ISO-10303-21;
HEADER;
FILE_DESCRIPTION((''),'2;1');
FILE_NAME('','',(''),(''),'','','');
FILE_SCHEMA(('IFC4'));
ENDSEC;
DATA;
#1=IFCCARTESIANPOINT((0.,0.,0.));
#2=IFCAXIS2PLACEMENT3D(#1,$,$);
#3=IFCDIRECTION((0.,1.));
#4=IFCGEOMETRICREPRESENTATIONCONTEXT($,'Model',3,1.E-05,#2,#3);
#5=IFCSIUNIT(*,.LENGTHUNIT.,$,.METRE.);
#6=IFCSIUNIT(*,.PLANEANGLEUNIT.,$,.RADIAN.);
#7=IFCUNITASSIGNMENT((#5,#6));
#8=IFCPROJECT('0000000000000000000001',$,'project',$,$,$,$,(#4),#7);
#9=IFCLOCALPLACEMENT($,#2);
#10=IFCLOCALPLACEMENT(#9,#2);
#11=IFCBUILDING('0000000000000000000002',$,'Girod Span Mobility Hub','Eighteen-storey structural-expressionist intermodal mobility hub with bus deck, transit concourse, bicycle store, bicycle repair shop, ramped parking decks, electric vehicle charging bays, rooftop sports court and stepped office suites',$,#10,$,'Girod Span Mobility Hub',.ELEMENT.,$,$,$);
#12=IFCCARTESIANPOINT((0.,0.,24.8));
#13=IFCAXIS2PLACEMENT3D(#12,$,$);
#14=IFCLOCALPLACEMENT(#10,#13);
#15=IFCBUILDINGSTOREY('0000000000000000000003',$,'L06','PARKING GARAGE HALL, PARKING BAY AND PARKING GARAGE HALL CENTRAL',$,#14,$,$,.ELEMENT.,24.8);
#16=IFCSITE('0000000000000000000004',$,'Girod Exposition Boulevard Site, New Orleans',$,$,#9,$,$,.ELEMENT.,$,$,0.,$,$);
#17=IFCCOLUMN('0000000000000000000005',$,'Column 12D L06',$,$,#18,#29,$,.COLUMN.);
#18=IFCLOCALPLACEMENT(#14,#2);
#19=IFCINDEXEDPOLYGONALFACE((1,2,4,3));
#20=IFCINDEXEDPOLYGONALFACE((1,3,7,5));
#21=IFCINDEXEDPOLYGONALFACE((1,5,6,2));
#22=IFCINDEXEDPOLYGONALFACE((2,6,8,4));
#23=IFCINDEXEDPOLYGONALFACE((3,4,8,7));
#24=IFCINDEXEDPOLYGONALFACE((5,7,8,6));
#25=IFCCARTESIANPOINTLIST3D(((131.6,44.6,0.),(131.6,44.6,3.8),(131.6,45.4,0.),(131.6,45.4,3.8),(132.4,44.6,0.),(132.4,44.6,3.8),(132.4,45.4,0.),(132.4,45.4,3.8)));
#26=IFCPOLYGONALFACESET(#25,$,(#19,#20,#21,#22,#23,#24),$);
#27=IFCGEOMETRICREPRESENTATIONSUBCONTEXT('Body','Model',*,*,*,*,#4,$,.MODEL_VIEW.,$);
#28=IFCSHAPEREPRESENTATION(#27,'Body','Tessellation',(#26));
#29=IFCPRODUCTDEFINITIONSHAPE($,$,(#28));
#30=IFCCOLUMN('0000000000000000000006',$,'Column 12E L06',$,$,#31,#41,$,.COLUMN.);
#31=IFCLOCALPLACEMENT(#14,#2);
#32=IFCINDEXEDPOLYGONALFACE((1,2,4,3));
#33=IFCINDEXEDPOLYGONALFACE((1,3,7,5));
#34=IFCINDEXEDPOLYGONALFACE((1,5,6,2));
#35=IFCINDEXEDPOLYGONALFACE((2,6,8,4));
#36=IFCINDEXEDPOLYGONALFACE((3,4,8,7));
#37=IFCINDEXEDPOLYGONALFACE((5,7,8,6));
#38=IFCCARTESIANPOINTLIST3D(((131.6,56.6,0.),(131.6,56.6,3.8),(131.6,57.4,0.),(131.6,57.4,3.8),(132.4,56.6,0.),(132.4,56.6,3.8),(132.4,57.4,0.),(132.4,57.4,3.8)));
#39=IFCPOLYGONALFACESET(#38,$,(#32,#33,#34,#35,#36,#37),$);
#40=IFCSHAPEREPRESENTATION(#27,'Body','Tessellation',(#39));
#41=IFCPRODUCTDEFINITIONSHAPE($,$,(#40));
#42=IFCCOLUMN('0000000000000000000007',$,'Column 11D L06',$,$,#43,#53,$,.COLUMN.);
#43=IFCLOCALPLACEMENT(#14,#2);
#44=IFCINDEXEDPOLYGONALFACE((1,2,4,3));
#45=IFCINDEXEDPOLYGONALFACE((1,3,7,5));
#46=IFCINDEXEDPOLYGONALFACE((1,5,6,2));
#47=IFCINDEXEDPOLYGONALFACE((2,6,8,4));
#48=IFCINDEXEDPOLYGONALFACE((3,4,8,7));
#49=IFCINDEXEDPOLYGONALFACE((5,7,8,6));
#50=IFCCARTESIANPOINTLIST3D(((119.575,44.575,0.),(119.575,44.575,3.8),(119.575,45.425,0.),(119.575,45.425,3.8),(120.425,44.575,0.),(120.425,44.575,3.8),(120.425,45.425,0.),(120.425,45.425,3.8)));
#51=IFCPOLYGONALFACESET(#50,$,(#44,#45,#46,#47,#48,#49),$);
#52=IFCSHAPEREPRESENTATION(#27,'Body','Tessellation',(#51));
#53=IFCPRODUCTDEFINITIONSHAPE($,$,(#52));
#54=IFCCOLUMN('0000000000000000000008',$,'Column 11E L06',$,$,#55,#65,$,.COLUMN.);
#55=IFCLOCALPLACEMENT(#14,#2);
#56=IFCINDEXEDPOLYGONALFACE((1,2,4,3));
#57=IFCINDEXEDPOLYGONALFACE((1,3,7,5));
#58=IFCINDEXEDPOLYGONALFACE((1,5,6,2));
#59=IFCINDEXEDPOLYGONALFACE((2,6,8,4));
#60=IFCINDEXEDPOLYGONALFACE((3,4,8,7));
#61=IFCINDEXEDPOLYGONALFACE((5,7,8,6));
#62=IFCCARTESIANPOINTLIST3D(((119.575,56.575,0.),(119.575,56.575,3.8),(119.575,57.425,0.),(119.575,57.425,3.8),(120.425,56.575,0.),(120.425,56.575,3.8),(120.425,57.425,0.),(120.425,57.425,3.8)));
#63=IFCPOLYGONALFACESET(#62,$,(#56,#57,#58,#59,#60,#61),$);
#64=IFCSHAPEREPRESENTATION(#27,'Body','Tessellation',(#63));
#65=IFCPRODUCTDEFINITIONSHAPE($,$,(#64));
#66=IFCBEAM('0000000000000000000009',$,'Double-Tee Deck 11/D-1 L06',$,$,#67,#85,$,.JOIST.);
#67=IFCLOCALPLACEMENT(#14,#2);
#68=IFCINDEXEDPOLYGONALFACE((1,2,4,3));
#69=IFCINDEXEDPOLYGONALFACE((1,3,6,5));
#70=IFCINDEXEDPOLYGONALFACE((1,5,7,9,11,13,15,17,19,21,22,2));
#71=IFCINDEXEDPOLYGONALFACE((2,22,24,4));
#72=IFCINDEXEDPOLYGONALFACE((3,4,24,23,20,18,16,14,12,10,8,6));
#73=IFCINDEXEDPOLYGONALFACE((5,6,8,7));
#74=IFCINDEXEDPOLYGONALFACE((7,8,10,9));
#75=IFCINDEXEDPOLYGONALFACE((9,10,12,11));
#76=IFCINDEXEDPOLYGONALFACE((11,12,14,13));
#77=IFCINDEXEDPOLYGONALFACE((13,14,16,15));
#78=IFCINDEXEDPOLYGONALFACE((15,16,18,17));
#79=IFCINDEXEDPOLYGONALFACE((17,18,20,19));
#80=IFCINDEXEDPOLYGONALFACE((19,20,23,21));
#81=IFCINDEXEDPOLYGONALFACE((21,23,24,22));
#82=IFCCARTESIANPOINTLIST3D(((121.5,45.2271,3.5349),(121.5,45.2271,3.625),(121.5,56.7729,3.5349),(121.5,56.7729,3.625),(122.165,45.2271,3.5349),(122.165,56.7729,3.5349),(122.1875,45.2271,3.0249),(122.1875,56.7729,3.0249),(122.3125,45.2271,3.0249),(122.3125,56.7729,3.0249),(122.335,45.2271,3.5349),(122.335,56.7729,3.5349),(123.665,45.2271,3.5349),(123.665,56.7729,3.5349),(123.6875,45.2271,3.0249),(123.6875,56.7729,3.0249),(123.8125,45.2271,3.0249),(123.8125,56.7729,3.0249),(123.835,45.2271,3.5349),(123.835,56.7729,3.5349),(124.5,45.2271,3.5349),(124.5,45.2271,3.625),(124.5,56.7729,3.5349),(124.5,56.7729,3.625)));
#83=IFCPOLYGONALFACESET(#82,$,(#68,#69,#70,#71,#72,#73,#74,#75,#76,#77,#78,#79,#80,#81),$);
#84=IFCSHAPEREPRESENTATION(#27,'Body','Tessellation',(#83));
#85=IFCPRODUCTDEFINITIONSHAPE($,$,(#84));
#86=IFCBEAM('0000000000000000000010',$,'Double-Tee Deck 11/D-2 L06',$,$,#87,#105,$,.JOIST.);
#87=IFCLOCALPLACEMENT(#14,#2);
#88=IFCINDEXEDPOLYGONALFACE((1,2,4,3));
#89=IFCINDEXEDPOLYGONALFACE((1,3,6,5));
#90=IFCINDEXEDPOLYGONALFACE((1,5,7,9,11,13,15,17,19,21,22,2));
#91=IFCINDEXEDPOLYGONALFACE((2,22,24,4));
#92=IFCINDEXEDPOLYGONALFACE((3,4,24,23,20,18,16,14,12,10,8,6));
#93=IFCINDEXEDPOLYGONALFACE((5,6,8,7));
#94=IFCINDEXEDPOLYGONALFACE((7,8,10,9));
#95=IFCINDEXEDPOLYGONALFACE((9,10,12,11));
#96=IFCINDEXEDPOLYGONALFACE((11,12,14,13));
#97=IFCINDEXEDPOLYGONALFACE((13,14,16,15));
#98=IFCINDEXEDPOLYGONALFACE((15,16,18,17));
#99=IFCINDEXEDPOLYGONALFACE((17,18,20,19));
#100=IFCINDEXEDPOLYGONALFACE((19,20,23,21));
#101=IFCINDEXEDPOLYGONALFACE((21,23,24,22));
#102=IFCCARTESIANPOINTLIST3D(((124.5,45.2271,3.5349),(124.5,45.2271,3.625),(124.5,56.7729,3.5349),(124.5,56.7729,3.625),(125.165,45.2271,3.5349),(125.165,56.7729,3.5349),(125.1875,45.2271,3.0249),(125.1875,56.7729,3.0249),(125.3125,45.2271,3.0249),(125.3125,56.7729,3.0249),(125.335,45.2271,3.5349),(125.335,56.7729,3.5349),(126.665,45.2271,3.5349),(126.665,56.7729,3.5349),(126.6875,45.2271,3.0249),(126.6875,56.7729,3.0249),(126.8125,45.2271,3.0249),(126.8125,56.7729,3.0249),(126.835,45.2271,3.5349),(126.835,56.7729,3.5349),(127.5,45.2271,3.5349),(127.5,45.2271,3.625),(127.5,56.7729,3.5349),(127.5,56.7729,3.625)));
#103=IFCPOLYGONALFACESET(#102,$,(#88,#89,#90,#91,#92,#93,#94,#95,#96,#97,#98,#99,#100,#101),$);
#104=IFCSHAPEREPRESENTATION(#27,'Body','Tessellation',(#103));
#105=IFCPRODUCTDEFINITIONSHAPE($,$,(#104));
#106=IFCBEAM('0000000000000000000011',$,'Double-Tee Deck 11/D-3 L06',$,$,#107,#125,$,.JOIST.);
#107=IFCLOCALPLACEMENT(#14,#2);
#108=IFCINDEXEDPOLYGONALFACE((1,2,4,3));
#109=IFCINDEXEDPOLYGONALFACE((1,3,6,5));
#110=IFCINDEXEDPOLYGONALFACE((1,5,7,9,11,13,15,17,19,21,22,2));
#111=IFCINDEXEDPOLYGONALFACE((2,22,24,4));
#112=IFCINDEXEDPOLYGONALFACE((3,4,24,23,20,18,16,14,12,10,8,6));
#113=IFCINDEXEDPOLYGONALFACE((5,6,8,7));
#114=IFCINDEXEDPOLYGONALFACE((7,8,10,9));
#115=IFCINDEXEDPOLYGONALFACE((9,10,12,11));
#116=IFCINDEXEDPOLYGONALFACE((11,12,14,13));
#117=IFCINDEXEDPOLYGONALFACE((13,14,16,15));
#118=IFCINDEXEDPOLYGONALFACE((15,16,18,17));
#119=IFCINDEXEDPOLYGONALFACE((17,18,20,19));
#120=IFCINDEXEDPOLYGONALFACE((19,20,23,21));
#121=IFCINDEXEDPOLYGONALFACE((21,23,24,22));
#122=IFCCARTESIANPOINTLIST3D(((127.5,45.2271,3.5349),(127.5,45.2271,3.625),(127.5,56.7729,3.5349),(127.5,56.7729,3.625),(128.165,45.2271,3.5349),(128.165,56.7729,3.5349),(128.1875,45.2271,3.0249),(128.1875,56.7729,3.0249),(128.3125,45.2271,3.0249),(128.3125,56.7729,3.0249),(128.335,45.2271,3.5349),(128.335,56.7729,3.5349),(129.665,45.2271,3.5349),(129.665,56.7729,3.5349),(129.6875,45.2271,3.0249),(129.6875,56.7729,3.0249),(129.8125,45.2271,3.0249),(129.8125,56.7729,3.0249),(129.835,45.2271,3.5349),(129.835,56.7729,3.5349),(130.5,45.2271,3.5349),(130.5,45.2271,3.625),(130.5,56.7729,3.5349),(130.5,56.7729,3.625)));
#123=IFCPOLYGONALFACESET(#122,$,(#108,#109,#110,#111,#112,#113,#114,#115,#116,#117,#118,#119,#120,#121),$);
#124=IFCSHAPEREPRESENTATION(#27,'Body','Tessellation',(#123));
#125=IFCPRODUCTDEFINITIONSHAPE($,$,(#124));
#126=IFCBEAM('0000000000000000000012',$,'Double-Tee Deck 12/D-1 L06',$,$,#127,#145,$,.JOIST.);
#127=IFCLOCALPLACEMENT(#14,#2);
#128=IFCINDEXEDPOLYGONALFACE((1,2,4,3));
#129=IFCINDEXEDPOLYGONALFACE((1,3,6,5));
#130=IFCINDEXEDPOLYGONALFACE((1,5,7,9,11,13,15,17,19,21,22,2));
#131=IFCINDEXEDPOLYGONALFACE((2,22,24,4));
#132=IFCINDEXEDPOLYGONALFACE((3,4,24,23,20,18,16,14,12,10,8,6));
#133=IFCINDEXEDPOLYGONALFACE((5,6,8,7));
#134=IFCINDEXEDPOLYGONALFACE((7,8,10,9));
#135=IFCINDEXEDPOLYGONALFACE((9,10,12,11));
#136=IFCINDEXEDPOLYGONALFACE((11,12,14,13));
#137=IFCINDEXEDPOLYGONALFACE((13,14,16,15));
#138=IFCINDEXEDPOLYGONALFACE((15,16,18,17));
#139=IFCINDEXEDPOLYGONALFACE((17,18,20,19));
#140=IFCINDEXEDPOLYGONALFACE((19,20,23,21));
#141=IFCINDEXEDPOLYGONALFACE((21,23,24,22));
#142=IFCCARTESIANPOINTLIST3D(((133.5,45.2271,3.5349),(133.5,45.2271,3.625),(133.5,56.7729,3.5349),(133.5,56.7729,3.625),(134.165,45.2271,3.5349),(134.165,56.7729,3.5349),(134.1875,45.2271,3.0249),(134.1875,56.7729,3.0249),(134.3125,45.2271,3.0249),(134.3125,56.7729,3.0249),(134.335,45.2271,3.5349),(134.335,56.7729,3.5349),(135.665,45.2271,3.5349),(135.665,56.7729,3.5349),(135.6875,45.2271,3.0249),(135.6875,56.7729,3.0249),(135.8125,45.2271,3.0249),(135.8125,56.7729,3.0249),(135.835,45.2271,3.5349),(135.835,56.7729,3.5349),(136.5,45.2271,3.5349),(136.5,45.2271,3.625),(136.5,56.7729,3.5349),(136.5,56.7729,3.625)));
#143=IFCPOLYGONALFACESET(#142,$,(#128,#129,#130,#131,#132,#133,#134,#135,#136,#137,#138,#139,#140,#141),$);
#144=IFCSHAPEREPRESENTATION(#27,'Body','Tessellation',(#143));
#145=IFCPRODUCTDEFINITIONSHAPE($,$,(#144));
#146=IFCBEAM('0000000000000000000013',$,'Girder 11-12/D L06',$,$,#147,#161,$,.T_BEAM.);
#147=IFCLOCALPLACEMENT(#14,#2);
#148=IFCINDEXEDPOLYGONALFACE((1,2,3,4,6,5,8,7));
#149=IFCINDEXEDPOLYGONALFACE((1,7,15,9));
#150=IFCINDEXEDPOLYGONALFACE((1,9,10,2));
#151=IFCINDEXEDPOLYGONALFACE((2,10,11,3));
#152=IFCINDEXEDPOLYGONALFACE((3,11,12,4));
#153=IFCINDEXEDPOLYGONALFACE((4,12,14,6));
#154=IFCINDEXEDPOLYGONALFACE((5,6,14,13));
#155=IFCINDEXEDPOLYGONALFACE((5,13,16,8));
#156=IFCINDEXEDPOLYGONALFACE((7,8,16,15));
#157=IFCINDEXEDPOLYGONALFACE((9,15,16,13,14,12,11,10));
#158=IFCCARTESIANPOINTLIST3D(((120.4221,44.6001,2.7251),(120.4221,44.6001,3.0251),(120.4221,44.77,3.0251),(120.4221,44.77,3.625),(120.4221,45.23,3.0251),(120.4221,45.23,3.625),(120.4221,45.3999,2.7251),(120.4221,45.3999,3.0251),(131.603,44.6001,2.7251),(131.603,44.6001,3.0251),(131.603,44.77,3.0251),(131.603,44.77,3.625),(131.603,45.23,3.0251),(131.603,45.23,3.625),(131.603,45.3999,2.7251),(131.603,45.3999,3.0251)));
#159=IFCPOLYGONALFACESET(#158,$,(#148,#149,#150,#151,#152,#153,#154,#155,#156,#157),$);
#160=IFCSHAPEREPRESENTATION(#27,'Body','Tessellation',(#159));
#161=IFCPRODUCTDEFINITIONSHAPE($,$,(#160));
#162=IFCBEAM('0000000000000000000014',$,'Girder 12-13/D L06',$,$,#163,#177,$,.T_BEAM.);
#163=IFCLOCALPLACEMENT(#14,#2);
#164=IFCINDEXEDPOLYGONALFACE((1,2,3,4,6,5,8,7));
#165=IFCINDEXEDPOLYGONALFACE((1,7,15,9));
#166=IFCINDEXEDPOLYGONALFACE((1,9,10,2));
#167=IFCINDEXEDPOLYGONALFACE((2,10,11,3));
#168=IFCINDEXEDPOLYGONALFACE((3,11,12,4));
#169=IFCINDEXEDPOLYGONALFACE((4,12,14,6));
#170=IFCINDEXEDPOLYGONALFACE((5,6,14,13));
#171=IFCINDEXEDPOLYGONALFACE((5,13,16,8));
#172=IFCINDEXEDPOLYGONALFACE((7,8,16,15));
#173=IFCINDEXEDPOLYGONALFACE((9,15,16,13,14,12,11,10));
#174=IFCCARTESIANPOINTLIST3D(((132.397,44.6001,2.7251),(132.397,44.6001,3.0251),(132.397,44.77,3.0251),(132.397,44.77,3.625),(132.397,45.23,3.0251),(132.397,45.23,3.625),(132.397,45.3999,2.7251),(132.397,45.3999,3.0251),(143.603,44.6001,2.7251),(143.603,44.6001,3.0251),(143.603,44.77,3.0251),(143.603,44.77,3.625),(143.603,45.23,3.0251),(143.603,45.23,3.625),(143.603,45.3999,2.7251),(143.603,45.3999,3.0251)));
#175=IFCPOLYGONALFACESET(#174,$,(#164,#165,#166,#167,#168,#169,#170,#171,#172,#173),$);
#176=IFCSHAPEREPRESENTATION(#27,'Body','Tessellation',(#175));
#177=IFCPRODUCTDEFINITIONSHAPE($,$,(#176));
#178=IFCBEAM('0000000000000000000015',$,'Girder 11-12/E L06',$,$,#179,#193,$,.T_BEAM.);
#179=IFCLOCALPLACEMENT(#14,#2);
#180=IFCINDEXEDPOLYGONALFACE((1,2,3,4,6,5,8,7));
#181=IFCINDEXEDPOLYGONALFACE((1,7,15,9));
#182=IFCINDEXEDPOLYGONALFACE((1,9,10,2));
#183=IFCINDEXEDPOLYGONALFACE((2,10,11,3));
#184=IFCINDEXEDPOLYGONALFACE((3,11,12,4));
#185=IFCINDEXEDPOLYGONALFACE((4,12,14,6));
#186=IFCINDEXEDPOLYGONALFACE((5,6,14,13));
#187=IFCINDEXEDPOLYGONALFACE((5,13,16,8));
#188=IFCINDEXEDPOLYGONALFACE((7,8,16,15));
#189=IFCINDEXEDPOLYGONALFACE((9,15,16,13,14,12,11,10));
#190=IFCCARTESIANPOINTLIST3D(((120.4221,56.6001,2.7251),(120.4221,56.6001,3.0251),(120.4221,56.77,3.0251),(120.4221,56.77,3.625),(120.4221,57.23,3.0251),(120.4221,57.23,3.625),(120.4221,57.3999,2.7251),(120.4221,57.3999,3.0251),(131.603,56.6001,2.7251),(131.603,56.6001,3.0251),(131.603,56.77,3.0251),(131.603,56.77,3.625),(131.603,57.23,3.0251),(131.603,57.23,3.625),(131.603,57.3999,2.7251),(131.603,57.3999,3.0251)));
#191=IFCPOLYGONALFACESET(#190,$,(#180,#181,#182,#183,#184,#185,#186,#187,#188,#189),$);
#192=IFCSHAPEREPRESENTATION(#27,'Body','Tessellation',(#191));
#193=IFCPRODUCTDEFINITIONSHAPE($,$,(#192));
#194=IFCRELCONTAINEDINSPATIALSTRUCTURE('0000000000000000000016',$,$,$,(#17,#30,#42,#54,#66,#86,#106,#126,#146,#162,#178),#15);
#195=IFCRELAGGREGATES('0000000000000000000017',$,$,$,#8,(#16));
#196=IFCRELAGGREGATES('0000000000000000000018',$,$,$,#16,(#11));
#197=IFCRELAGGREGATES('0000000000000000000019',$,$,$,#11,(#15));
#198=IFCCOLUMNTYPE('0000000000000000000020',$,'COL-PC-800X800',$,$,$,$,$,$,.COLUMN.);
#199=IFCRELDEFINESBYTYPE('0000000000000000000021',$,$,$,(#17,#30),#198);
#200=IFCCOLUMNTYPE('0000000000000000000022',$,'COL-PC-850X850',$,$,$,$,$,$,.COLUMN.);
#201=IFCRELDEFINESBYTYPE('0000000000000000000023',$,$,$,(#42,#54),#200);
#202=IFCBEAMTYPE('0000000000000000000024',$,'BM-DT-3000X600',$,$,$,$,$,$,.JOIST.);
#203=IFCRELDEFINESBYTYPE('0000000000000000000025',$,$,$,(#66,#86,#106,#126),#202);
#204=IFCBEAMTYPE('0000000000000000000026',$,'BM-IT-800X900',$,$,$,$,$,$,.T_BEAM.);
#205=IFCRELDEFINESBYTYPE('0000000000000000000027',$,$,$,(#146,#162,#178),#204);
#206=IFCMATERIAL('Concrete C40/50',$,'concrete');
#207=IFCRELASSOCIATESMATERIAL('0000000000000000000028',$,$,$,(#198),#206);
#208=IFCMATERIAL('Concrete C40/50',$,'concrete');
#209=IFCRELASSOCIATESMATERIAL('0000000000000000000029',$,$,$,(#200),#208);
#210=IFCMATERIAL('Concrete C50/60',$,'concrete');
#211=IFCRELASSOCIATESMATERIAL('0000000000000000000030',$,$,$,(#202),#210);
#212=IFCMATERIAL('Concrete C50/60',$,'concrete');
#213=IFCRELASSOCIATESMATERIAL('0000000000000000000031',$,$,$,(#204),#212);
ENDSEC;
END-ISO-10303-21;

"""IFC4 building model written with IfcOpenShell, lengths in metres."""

from ifc_helpers import new_model, si_unit, direction, frame, origin, origin_2d, place, context, subcontext, project, spatial, polyline, rectangle, outline, extrude, material, material_profile, profile_set, type_object, element, save


model = new_model("IFC4")

# Units and contexts
model_context = context("Model", 3, precision=1e-05, world=origin(), true_north=direction((0.0, 1.0)))
body_context = subcontext(model_context, "Body", "Model", "MODEL_VIEW")
ifc_project = project(units=[si_unit("LENGTHUNIT", "METRE"), si_unit("PLANEANGLEUNIT", "RADIAN")], contexts=[model_context])

# Site, building, storey
site_placement = place(None, origin())
site = spatial("IfcSite", under=ifc_project, at=site_placement, Name="Girod Exposition Boulevard Site, New Orleans", CompositionType="ELEMENT", RefElevation=0.0)
building_placement = place(site_placement, origin())
building = spatial("IfcBuilding", under=site, at=building_placement, Name="Girod Span Mobility Hub", Description="Eighteen-storey structural-expressionist intermodal mobility hub with bus deck, transit concourse, bicycle store, bicycle repair shop, ramped parking decks, electric vehicle charging bays, rooftop sports court and stepped office suites", LongName="Girod Span Mobility Hub", CompositionType="ELEMENT")
storey_placement = place(building_placement, frame((0.0, 0.0, 24.8)))
storey = spatial("IfcBuildingStorey", under=building, at=storey_placement, Name="L06", Description="PARKING GARAGE HALL, PARKING BAY AND PARKING GARAGE HALL CENTRAL", CompositionType="ELEMENT", Elevation=24.8)

# Columns
ifc_material_1 = material(Name="Concrete C40/50", Category="concrete")
ifc_material_profile_1 = material_profile(ifc_material_1, rectangle(XDim=0.8, YDim=0.8, at=origin_2d()), Name="PC-COL-800X800")
ifc_profile_set_1 = profile_set([ifc_material_profile_1], Name="Concrete C40/50")
column_type_1 = type_object("IfcColumnType", Name="COL-PC-800X800", PredefinedType="COLUMN", material=ifc_profile_set_1)
for number, where, z_axis, x_axis, name in (
    (1, (132.0, 45.0, 0.0), (0.0, 0.0, 1.0), (1.0, 0.0, 0.0), "Column 12D L06"),
    (2, (132.0, 57.0, 0.0), (0.0, 0.0, 1.0), (1.0, 0.0, 0.0), "Column 12E L06"),
):
    element("IfcColumn", number, at=place(storey_placement, frame(where, z_axis=z_axis, x_axis=x_axis)), inside=storey, type_object=column_type_1, Name=name, PredefinedType="COLUMN", context=body_context, shape_type="SweptSolid", body=[
        extrude(rectangle(XDim=0.8, YDim=0.8, at=origin_2d()), origin(), (0.0, 0.0, 1.0), 3.8),
    ])
ifc_material_2 = material(Name="Concrete C40/50", Category="concrete")
ifc_material_profile_2 = material_profile(ifc_material_2, rectangle(XDim=0.8501, YDim=0.8501, at=origin_2d()), Name="PC-COL-850X850")
ifc_profile_set_2 = profile_set([ifc_material_profile_2], Name="Concrete C40/50")
column_type_2 = type_object("IfcColumnType", Name="COL-PC-850X850", PredefinedType="COLUMN", material=ifc_profile_set_2)
for number, where, z_axis, x_axis, name in (
    (3, (120.0, 45.0, 0.0), (0.0, 0.0, 1.0), (1.0, 0.0, 0.0), "Column 11D L06"),
    (4, (120.0, 57.0, 0.0), (0.0, 0.0, 1.0), (1.0, 0.0, 0.0), "Column 11E L06"),
):
    element("IfcColumn", number, at=place(storey_placement, frame(where, z_axis=z_axis, x_axis=x_axis)), inside=storey, type_object=column_type_2, Name=name, PredefinedType="COLUMN", context=body_context, shape_type="SweptSolid", body=[
        extrude(rectangle(XDim=0.8501, YDim=0.8501, at=origin_2d()), origin(), (0.0, 0.0, 1.0), 3.8),
    ])

# Beams
ifc_material_3 = material(Name="Concrete C50/60", Category="concrete")
ifc_material_profile_3 = material_profile(ifc_material_3, outline(polyline([(-1.5, 0.3), (-1.5, 0.21), (-0.835, 0.21), (-0.8125, -0.3), (-0.6875, -0.3), (-0.665, 0.21), (0.665, 0.21), (0.6875, -0.3), (0.8125, -0.3), (0.835, 0.21), (1.5, 0.21), (1.5, 0.3), (-1.5, 0.3)])), Name="DT-3000X600")
ifc_profile_set_3 = profile_set([ifc_material_profile_3], Name="Concrete C50/60")
beam_type_1 = type_object("IfcBeamType", Name="BM-DT-3000X600", PredefinedType="JOIST", material=ifc_profile_set_3)
for number, where, z_axis, x_axis, name in (
    (5, (123.0, 45.2271, 3.325), (0.0, 1.0, 0.0), (-1.0, 0.0, 0.0), "Double-Tee Deck 11/D-1 L06"),
    (6, (126.0, 45.2271, 3.325), (0.0, 1.0, 0.0), (-1.0, 0.0, 0.0), "Double-Tee Deck 11/D-2 L06"),
    (7, (129.0, 45.2271, 3.325), (0.0, 1.0, 0.0), (-1.0, 0.0, 0.0), "Double-Tee Deck 11/D-3 L06"),
    (8, (135.0, 45.2271, 3.325), (0.0, 1.0, 0.0), (-1.0, 0.0, 0.0), "Double-Tee Deck 12/D-1 L06"),
):
    element("IfcBeam", number, at=place(storey_placement, frame(where, z_axis=z_axis, x_axis=x_axis)), inside=storey, type_object=beam_type_1, Name=name, PredefinedType="JOIST", context=body_context, shape_type="SweptSolid", body=[
        extrude(outline(polyline([(-1.5, 0.3), (-1.5, 0.21), (-0.835, 0.21), (-0.8125, -0.3), (-0.6875, -0.3), (-0.665, 0.21), (0.665, 0.21), (0.6875, -0.3), (0.8125, -0.3), (0.835, 0.21), (1.5, 0.21), (1.5, 0.3), (-1.5, 0.3)])), origin(), (0.0, 0.0, 1.0), 11.5459),
    ])
ifc_material_4 = material(Name="Concrete C50/60", Category="concrete")
ifc_material_profile_4 = material_profile(ifc_material_4, outline(polyline([(-0.3999, -0.45), (0.3999, -0.45), (0.3999, -0.1499), (0.23, -0.1499), (0.23, 0.45), (-0.23, 0.45), (-0.23, -0.1499), (-0.3999, -0.1499), (-0.3999, -0.45)])), Name="IT-800X900")
ifc_profile_set_4 = profile_set([ifc_material_profile_4], Name="Concrete C50/60")
beam_type_2 = type_object("IfcBeamType", Name="BM-IT-800X900", PredefinedType="T_BEAM", material=ifc_profile_set_4)
beam_1_placement = place(storey_placement, frame((120.4221, 45.0, 3.175), z_axis=(1.0, 0.0, 0.0), x_axis=(0.0, 1.0, 0.0)))
element("IfcBeam", 9, at=beam_1_placement, inside=storey, type_object=beam_type_2, Name="Girder 11-12/D L06", PredefinedType="T_BEAM", context=body_context, shape_type="SweptSolid", body=[
    extrude(outline(polyline([(-0.3999, -0.45), (0.3999, -0.45), (0.3999, -0.1499), (0.23, -0.1499), (0.23, 0.45), (-0.23, 0.45), (-0.23, -0.1499), (-0.3999, -0.1499), (-0.3999, -0.45)])), origin(), (0.0, 0.0, 1.0), 11.1809),
])
beam_2_placement = place(storey_placement, frame((132.397, 45.0, 3.175), z_axis=(1.0, 0.0, 0.0), x_axis=(0.0, 1.0, 0.0)))
element("IfcBeam", 10, at=beam_2_placement, inside=storey, type_object=beam_type_2, Name="Girder 12-13/D L06", PredefinedType="T_BEAM", context=body_context, shape_type="SweptSolid", body=[
    extrude(outline(polyline([(-0.3999, -0.45), (0.3999, -0.45), (0.3999, -0.1499), (0.23, -0.1499), (0.23, 0.45), (-0.23, 0.45), (-0.23, -0.1499), (-0.3999, -0.1499), (-0.3999, -0.45)])), origin(), (0.0, 0.0, 1.0), 11.2061),
])
beam_3_placement = place(storey_placement, frame((120.4221, 57.0, 3.175), z_axis=(1.0, 0.0, 0.0), x_axis=(0.0, 1.0, 0.0)))
element("IfcBeam", 11, at=beam_3_placement, inside=storey, type_object=beam_type_2, Name="Girder 11-12/E L06", PredefinedType="T_BEAM", context=body_context, shape_type="SweptSolid", body=[
    extrude(outline(polyline([(-0.3999, -0.45), (0.3999, -0.45), (0.3999, -0.1499), (0.23, -0.1499), (0.23, 0.45), (-0.23, 0.45), (-0.23, -0.1499), (-0.3999, -0.1499), (-0.3999, -0.45)])), origin(), (0.0, 0.0, 1.0), 11.1809),
])

save(model, "model.ifc")
